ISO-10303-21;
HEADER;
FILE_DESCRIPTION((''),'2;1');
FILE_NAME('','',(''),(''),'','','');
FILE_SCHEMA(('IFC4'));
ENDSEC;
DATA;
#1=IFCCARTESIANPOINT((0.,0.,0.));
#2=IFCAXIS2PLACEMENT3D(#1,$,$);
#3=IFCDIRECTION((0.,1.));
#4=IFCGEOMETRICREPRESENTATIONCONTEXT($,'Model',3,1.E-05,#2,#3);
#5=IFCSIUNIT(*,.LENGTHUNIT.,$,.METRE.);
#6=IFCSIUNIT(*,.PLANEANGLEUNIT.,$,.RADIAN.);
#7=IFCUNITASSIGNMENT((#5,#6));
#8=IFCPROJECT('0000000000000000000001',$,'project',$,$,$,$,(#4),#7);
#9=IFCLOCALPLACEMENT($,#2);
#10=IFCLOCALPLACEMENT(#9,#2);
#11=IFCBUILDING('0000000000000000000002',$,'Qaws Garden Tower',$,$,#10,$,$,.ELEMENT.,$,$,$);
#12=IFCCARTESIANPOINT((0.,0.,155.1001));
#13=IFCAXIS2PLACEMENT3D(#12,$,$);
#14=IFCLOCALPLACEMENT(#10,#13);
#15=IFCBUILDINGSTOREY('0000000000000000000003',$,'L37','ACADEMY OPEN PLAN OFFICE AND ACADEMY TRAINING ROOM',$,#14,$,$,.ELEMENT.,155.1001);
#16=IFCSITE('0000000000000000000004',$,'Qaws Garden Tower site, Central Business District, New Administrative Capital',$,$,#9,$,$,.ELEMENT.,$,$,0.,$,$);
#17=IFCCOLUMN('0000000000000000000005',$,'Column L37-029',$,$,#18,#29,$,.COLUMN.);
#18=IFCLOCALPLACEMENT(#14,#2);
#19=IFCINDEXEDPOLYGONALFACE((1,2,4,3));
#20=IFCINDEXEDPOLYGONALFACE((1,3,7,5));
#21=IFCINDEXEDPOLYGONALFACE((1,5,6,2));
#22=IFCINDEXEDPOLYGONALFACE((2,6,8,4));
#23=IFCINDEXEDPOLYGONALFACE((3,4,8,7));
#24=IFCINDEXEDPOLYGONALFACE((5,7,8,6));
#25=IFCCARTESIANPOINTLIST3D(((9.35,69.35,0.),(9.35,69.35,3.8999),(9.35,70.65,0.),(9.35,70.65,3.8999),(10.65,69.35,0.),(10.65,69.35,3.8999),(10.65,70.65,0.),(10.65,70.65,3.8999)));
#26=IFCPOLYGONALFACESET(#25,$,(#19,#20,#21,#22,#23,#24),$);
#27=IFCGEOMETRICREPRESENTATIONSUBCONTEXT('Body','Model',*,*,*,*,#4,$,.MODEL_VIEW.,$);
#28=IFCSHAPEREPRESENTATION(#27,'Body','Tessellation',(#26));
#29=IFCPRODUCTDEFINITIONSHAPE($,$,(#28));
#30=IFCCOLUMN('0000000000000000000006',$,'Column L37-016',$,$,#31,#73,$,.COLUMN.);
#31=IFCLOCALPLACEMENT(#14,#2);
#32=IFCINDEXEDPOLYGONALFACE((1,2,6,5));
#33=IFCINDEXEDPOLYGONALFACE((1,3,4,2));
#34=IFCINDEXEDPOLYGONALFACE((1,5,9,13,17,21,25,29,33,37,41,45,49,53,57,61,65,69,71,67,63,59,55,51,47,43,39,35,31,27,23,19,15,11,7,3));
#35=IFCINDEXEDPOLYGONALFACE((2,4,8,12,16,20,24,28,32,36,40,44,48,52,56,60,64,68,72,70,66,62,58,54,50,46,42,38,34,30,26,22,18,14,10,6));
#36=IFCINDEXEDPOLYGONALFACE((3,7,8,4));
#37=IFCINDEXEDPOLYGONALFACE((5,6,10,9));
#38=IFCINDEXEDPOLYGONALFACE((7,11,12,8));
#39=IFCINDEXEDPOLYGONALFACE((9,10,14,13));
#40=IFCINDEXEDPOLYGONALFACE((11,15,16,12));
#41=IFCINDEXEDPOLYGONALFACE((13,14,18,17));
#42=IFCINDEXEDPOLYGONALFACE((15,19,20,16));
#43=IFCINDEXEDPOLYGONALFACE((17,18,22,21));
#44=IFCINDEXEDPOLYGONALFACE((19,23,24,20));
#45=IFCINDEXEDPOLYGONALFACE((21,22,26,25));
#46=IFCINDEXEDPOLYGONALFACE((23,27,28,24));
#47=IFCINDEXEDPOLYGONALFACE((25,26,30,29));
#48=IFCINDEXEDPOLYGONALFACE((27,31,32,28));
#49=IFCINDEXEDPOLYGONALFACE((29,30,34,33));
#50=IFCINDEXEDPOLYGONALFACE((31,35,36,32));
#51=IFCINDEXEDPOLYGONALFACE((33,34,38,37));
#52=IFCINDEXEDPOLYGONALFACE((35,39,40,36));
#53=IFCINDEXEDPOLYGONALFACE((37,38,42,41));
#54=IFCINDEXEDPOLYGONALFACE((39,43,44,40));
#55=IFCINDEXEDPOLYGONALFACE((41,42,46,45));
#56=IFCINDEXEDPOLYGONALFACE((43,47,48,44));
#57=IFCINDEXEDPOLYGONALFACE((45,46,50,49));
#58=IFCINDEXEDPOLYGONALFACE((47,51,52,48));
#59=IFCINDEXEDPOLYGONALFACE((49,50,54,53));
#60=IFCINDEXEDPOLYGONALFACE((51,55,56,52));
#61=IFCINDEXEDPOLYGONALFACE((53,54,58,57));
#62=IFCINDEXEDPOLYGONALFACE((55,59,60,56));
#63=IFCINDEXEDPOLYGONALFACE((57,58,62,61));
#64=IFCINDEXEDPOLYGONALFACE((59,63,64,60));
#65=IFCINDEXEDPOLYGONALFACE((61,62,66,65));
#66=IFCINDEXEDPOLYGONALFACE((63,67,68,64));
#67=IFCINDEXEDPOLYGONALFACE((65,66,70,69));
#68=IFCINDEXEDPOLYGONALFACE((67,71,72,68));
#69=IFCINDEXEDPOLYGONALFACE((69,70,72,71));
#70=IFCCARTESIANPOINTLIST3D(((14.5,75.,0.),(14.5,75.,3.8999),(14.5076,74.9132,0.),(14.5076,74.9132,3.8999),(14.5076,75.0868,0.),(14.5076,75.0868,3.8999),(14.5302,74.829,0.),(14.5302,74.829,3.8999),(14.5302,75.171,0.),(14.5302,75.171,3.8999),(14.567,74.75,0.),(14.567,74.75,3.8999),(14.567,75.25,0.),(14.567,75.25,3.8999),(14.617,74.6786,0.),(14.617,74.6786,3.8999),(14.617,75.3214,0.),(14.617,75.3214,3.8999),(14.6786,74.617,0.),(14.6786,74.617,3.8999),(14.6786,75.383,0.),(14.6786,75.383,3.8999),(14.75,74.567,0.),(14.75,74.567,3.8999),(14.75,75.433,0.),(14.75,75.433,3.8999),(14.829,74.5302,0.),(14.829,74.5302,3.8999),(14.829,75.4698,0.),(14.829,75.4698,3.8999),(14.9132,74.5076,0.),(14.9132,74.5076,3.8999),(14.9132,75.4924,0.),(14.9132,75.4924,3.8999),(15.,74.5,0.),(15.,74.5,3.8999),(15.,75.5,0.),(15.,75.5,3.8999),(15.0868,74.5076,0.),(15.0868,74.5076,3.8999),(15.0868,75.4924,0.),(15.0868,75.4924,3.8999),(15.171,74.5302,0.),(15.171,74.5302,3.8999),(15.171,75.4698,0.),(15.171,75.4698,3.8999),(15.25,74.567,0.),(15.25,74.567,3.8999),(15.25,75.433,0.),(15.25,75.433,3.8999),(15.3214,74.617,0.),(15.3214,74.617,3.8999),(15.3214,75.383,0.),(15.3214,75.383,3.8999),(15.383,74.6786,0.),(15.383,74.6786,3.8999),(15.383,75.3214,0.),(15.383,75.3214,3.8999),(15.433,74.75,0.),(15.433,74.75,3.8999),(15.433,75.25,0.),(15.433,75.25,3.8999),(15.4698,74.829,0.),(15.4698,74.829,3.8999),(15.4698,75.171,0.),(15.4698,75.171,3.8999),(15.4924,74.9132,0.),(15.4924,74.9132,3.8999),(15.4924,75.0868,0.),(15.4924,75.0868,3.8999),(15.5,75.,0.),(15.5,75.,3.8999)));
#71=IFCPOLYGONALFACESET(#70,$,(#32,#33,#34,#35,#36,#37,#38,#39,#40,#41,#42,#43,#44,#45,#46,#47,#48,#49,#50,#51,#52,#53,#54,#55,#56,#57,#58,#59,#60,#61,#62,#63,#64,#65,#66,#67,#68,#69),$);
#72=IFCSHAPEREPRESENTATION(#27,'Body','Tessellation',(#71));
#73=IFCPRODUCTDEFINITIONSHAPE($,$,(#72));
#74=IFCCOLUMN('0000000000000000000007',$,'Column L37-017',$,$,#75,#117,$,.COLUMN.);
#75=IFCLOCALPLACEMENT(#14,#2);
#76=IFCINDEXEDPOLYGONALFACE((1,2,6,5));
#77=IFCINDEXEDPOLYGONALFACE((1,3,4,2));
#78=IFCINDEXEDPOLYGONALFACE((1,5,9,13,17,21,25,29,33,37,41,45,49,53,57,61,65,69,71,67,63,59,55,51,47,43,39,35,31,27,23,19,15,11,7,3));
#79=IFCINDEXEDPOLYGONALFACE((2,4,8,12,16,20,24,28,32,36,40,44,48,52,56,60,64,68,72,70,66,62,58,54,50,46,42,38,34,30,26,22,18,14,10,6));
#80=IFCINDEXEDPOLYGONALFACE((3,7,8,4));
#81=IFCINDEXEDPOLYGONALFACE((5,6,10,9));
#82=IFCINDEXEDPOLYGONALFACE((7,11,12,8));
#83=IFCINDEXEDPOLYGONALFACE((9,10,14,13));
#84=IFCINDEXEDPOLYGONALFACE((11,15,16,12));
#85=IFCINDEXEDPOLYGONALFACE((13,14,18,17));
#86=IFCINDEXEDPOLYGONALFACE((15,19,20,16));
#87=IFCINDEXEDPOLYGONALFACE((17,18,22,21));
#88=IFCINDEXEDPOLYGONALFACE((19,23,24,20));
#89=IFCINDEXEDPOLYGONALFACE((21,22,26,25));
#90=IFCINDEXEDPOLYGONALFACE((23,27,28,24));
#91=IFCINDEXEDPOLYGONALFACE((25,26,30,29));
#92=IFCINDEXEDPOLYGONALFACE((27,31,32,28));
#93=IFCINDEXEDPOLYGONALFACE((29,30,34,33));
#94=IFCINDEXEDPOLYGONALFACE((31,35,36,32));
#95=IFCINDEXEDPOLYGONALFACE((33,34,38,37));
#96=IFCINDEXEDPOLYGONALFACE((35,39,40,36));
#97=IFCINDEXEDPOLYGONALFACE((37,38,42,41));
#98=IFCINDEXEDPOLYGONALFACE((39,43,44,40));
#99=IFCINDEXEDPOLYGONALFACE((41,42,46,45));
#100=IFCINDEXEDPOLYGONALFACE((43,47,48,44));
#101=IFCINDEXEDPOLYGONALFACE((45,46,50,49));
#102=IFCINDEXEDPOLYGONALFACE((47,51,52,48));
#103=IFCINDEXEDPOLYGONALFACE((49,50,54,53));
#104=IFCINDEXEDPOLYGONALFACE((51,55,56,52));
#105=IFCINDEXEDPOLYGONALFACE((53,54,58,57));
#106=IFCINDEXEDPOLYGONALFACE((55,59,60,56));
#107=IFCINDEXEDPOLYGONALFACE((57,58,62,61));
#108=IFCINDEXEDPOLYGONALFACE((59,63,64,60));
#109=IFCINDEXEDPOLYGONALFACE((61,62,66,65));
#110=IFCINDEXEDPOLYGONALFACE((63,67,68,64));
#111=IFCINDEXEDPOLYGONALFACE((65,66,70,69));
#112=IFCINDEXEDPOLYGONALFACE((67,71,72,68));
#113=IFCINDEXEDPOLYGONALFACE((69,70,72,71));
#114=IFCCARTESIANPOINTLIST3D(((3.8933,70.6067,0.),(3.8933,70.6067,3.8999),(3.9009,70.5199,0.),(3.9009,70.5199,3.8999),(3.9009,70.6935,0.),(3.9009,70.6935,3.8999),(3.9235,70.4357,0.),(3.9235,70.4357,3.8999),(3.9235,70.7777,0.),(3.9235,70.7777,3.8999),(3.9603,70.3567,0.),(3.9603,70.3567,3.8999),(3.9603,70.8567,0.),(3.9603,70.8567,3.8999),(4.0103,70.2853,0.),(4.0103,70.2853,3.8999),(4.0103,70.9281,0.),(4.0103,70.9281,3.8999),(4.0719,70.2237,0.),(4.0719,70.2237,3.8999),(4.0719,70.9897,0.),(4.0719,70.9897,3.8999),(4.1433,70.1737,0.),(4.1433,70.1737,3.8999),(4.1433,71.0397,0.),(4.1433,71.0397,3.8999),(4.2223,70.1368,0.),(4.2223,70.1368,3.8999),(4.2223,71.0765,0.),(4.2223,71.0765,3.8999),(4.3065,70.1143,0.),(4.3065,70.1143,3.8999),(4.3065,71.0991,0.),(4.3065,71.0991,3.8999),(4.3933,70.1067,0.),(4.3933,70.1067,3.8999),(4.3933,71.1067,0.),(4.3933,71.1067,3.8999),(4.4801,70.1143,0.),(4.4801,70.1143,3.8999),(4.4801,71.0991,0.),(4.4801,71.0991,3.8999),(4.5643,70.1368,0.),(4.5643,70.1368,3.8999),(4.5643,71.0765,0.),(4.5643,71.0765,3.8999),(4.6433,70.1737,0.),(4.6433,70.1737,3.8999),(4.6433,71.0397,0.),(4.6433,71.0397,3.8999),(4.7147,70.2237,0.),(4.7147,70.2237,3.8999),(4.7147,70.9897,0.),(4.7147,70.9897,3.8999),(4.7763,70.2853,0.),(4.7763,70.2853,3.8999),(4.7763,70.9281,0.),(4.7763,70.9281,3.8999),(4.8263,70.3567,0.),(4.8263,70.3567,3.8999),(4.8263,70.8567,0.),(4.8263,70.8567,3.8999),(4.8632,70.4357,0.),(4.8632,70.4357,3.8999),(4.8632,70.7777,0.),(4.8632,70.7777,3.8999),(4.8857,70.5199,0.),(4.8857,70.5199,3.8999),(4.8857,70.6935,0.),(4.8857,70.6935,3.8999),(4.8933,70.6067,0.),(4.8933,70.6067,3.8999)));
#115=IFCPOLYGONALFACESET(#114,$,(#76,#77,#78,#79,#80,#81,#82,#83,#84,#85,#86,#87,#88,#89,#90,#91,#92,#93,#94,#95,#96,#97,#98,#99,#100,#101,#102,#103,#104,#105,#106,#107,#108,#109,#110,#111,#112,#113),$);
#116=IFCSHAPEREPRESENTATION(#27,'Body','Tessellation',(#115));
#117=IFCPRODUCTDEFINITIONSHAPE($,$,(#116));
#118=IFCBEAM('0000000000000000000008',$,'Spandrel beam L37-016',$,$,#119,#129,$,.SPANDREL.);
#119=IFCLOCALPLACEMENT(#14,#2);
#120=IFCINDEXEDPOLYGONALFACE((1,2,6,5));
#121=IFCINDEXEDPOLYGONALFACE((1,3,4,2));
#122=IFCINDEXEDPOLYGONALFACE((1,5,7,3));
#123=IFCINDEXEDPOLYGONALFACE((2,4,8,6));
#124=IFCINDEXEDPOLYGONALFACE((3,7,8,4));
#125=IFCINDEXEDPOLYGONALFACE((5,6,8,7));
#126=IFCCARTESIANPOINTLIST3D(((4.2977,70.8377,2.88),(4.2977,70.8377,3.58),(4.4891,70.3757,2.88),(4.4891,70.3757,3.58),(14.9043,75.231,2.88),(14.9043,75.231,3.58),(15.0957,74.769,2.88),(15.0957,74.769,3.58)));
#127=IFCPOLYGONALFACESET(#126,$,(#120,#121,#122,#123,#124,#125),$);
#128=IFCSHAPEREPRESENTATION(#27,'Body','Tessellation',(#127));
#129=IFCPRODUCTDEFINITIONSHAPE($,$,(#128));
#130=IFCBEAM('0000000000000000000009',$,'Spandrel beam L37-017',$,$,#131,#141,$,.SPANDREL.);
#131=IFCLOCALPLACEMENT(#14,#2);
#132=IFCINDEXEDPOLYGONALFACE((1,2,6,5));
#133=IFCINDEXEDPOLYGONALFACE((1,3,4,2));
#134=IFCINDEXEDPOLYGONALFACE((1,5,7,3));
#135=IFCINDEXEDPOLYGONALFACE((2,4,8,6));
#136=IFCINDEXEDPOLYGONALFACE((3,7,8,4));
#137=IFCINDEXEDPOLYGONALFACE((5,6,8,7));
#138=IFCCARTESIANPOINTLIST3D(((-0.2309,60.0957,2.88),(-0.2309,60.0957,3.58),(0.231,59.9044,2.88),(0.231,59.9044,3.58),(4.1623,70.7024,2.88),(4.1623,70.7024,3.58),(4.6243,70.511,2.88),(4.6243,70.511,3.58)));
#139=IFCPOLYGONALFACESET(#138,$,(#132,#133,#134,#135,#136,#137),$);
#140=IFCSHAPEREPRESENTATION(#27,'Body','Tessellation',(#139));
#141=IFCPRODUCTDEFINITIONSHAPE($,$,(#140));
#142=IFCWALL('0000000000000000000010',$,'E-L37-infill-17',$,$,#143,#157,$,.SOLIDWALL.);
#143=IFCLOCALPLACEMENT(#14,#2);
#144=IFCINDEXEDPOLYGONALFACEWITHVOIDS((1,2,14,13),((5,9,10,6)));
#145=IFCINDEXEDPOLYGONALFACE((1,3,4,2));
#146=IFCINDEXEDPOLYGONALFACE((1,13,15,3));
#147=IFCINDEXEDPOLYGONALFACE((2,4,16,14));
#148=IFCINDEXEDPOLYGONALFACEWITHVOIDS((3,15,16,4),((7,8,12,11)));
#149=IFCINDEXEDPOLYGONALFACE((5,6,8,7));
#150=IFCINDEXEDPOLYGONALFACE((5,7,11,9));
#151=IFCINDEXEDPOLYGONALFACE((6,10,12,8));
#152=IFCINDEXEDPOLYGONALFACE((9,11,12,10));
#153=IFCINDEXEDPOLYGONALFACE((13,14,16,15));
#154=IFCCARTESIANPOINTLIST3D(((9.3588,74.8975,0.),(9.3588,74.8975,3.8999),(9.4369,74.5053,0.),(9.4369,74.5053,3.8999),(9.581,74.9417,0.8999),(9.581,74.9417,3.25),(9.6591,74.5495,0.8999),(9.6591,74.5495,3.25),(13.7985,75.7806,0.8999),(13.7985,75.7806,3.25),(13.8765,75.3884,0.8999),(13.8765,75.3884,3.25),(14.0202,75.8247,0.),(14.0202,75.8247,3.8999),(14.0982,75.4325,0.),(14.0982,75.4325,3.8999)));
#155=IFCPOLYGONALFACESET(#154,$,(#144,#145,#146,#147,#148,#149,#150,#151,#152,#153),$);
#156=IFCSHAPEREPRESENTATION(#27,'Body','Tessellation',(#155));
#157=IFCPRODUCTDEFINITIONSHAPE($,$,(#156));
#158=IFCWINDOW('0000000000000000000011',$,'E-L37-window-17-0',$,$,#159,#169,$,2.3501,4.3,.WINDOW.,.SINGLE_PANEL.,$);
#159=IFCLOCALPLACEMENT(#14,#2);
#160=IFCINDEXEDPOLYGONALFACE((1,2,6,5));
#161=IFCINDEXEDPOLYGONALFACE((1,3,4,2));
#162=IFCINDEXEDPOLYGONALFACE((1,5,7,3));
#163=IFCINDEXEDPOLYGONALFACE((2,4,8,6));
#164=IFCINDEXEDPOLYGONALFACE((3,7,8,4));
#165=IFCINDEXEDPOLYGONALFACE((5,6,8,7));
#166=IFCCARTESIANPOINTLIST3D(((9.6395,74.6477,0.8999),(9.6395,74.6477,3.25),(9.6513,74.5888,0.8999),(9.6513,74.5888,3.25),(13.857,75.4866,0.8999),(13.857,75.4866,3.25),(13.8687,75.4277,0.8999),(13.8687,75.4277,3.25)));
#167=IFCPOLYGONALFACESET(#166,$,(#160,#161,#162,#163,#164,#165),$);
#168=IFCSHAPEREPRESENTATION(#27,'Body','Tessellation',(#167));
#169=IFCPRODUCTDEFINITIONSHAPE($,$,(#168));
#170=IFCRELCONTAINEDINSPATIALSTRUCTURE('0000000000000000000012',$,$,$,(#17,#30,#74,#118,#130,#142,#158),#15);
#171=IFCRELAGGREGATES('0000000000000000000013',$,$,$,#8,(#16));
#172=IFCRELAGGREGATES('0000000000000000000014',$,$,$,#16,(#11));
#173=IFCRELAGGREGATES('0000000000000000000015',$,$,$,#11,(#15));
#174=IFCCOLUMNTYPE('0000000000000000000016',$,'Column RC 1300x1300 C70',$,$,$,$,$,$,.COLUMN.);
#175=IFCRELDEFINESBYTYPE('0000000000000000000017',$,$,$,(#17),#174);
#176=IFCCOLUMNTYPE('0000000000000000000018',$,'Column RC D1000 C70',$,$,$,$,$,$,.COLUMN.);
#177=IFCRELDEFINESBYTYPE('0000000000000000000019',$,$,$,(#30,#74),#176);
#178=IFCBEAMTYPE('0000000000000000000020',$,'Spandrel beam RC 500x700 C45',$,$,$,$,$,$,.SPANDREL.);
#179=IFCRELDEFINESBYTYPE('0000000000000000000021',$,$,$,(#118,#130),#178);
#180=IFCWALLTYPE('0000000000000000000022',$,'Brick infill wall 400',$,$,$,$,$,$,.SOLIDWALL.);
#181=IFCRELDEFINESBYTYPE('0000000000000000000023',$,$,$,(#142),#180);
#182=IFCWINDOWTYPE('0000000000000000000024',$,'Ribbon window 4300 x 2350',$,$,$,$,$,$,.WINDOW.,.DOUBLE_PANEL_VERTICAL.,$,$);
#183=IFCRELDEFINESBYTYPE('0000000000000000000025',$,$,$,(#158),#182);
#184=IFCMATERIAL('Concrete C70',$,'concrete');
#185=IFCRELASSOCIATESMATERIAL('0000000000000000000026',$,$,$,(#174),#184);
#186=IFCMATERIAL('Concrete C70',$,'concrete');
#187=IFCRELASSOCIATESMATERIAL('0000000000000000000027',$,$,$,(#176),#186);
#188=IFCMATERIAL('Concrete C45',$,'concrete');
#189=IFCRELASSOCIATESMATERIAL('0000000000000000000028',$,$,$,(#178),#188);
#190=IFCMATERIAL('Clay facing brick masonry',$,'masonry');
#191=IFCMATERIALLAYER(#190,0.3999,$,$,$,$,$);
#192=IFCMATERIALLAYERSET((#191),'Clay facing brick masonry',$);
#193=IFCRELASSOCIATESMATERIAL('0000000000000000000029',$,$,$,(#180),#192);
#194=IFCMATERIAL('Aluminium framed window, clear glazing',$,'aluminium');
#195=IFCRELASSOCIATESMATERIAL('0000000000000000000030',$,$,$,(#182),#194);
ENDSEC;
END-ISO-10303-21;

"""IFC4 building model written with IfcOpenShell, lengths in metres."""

from ifc_helpers import new_model, si_unit, direction, frame, frame_2d, origin, origin_2d, place, context, subcontext, project, spatial, rectangle, circle, extrude, material, layer, layer_set, material_profile, profile_set, type_object, element, fill, save


model = new_model("IFC4")

# Units and contexts
model_context = context("Model", 3, precision=1e-05, world=origin(), true_north=direction((0.0, 1.0)))
body_context = subcontext(model_context, "Body", "Model", "MODEL_VIEW")
ifc_project = project(units=[si_unit("LENGTHUNIT", "METRE"), si_unit("PLANEANGLEUNIT", "RADIAN")], contexts=[model_context])

# Site, building, storey
site_placement = place(None, origin())
site = spatial("IfcSite", under=ifc_project, at=site_placement, Name="Qaws Garden Tower site, Central Business District, New Administrative Capital", CompositionType="ELEMENT", RefElevation=0.0)
building_placement = place(site_placement, origin())
building = spatial("IfcBuilding", under=site, at=building_placement, Name="Qaws Garden Tower", CompositionType="ELEMENT")
storey_placement = place(building_placement, frame((0.0, 0.0, 155.1001)))
storey = spatial("IfcBuildingStorey", under=building, at=storey_placement, Name="L37", Description="ACADEMY OPEN PLAN OFFICE AND ACADEMY TRAINING ROOM", CompositionType="ELEMENT", Elevation=155.1001)

# Columns
ifc_material_1 = material(Name="Concrete C70", Category="concrete")
ifc_material_profile_1 = material_profile(ifc_material_1, rectangle(XDim=1.3, YDim=1.3, at=origin_2d()), Name="RC 1300x1300")
ifc_profile_set_1 = profile_set([ifc_material_profile_1], Name="Concrete C70")
column_type_1 = type_object("IfcColumnType", Name="Column RC 1300x1300 C70", PredefinedType="COLUMN", material=ifc_profile_set_1)
column_placement = place(storey_placement, frame((10.0, 70.0, 0.0), z_axis=(0.0, 0.0, 1.0), x_axis=(1.0, 0.0, 0.0)))
element("IfcColumn", 1, at=column_placement, inside=storey, type_object=column_type_1, Name="Column L37-029", PredefinedType="COLUMN", context=body_context, shape_type="SweptSolid", body=[
    extrude(rectangle(XDim=1.3, YDim=1.3, at=origin_2d()), origin(), (0.0, 0.0, 1.0), 3.8999),
])
ifc_material_2 = material(Name="Concrete C70", Category="concrete")
ifc_material_profile_2 = material_profile(ifc_material_2, circle(Radius=0.5, at=origin_2d()), Name="RC D1000")
ifc_profile_set_2 = profile_set([ifc_material_profile_2], Name="Concrete C70")
column_type_2 = type_object("IfcColumnType", Name="Column RC D1000 C70", PredefinedType="COLUMN", material=ifc_profile_set_2)
for number, where, z_axis, x_axis, name in (
    (2, (15.0, 75.0, 0.0), (0.0, 0.0, 1.0), (1.0, 0.0, 0.0), "Column L37-016"),
    (3, (4.3933, 70.6067, 0.0), (0.0, 0.0, 1.0), (1.0, 0.0, 0.0), "Column L37-017"),
):
    element("IfcColumn", number, at=place(storey_placement, frame(where, z_axis=z_axis, x_axis=x_axis)), inside=storey, type_object=column_type_2, Name=name, PredefinedType="COLUMN", context=body_context, shape_type="SweptSolid", body=[
        extrude(circle(Radius=0.5, at=origin_2d()), origin(), (0.0, 0.0, 1.0), 3.8999),
    ])

# Beams
ifc_material_3 = material(Name="Concrete C45", Category="concrete")
ifc_material_profile_3 = material_profile(ifc_material_3, rectangle(XDim=0.5, YDim=0.7, at=origin_2d()), Name="RC 500x700")
ifc_profile_set_3 = profile_set([ifc_material_profile_3], Name="Concrete C45")
beam_type = type_object("IfcBeamType", Name="Spandrel beam RC 500x700 C45", PredefinedType="SPANDREL", material=ifc_profile_set_3)
for number, where, z_axis, x_axis, name in (
    (4, (15.0, 75.0, 3.23), (-0.923883, -0.382674, 0.0), (0.382674, -0.923883, 0.0), "Spandrel beam L37-016"),
    (5, (4.3933, 70.6067, 3.23), (-0.382674, -0.923883, 0.0), (0.923883, -0.382674, 0.0), "Spandrel beam L37-017"),
):
    element("IfcBeam", number, at=place(storey_placement, frame(where, z_axis=z_axis, x_axis=x_axis)), inside=storey, type_object=beam_type, Name=name, PredefinedType="SPANDREL", context=body_context, shape_type="SweptSolid", body=[
        extrude(rectangle(XDim=0.5, YDim=0.7, at=origin_2d()), origin(), (0.0, 0.0, 1.0), 11.4805),
    ])

# Wall, opening, window
ifc_material_4 = material(Name="Clay facing brick masonry", Category="masonry")
ifc_layer_1 = layer(ifc_material_4, 0.3999)
ifc_layer_set_1 = layer_set([ifc_layer_1], Name="Clay facing brick masonry")
wall_type_1 = type_object("IfcWallType", Name="Brick infill wall 400", PredefinedType="SOLIDWALL", material=ifc_layer_set_1)
wall_1_placement = place(storey_placement, frame((14.0593, 75.6287, 0.0), z_axis=(0.0, 0.0, 1.0), x_axis=(-0.980784, -0.195099, 0.0)))
wall_1 = element("IfcWall", 6, at=wall_1_placement, inside=storey, type_object=wall_type_1, Name="E-L37-infill-17", PredefinedType="SOLIDWALL", context=body_context, shape_type="SweptSolid", body=[
    extrude(rectangle(XDim=4.7527, YDim=0.3999, at=frame_2d((2.3765, 0.0))), origin(), (0.0, 0.0, 1.0), 3.8999),
])
opening_1_placement = place(wall_1_placement, frame((0.2263, 0.0, 0.8999)))
opening_1 = element("IfcOpeningElement", 7, at=opening_1_placement, cuts=wall_1, PredefinedType="OPENING", context=body_context, shape_type="SweptSolid", body=[
    extrude(rectangle(XDim=4.3, YDim=2.3501, at=frame_2d((2.1499, 1.175))), frame((0.0, 0.21, 0.0), z_axis=(0.0, -1.0, 0.0), x_axis=(1.0, 0.0, 0.0)), (0.0, 0.0, 1.0), 0.4199),
])
ifc_material_5 = material(Name="Aluminium framed window, clear glazing", Category="aluminium")
window_type = type_object("IfcWindowType", Name="Ribbon window 4300 x 2350", PartitioningType="DOUBLE_PANEL_VERTICAL", PredefinedType="WINDOW", material=ifc_material_5)
window_1_placement = place(opening_1_placement, origin())
window_1 = element("IfcWindow", 8, at=window_1_placement, inside=storey, type_object=window_type, Name="E-L37-window-17-0", OverallHeight=2.3501, OverallWidth=4.3, PartitioningType="SINGLE_PANEL", PredefinedType="WINDOW", context=body_context, shape_type="SweptSolid", body=[
    extrude(rectangle(XDim=4.3, YDim=2.3501, at=frame_2d((2.1499, 1.175))), frame((0.0, 0.1599, 0.0), z_axis=(0.0, -1.0, 0.0), x_axis=(1.0, 0.0, 0.0)), (0.0, 0.0, 1.0), 0.0601),
])
fill(opening_1, window_1)

save(model, "model.ifc")
